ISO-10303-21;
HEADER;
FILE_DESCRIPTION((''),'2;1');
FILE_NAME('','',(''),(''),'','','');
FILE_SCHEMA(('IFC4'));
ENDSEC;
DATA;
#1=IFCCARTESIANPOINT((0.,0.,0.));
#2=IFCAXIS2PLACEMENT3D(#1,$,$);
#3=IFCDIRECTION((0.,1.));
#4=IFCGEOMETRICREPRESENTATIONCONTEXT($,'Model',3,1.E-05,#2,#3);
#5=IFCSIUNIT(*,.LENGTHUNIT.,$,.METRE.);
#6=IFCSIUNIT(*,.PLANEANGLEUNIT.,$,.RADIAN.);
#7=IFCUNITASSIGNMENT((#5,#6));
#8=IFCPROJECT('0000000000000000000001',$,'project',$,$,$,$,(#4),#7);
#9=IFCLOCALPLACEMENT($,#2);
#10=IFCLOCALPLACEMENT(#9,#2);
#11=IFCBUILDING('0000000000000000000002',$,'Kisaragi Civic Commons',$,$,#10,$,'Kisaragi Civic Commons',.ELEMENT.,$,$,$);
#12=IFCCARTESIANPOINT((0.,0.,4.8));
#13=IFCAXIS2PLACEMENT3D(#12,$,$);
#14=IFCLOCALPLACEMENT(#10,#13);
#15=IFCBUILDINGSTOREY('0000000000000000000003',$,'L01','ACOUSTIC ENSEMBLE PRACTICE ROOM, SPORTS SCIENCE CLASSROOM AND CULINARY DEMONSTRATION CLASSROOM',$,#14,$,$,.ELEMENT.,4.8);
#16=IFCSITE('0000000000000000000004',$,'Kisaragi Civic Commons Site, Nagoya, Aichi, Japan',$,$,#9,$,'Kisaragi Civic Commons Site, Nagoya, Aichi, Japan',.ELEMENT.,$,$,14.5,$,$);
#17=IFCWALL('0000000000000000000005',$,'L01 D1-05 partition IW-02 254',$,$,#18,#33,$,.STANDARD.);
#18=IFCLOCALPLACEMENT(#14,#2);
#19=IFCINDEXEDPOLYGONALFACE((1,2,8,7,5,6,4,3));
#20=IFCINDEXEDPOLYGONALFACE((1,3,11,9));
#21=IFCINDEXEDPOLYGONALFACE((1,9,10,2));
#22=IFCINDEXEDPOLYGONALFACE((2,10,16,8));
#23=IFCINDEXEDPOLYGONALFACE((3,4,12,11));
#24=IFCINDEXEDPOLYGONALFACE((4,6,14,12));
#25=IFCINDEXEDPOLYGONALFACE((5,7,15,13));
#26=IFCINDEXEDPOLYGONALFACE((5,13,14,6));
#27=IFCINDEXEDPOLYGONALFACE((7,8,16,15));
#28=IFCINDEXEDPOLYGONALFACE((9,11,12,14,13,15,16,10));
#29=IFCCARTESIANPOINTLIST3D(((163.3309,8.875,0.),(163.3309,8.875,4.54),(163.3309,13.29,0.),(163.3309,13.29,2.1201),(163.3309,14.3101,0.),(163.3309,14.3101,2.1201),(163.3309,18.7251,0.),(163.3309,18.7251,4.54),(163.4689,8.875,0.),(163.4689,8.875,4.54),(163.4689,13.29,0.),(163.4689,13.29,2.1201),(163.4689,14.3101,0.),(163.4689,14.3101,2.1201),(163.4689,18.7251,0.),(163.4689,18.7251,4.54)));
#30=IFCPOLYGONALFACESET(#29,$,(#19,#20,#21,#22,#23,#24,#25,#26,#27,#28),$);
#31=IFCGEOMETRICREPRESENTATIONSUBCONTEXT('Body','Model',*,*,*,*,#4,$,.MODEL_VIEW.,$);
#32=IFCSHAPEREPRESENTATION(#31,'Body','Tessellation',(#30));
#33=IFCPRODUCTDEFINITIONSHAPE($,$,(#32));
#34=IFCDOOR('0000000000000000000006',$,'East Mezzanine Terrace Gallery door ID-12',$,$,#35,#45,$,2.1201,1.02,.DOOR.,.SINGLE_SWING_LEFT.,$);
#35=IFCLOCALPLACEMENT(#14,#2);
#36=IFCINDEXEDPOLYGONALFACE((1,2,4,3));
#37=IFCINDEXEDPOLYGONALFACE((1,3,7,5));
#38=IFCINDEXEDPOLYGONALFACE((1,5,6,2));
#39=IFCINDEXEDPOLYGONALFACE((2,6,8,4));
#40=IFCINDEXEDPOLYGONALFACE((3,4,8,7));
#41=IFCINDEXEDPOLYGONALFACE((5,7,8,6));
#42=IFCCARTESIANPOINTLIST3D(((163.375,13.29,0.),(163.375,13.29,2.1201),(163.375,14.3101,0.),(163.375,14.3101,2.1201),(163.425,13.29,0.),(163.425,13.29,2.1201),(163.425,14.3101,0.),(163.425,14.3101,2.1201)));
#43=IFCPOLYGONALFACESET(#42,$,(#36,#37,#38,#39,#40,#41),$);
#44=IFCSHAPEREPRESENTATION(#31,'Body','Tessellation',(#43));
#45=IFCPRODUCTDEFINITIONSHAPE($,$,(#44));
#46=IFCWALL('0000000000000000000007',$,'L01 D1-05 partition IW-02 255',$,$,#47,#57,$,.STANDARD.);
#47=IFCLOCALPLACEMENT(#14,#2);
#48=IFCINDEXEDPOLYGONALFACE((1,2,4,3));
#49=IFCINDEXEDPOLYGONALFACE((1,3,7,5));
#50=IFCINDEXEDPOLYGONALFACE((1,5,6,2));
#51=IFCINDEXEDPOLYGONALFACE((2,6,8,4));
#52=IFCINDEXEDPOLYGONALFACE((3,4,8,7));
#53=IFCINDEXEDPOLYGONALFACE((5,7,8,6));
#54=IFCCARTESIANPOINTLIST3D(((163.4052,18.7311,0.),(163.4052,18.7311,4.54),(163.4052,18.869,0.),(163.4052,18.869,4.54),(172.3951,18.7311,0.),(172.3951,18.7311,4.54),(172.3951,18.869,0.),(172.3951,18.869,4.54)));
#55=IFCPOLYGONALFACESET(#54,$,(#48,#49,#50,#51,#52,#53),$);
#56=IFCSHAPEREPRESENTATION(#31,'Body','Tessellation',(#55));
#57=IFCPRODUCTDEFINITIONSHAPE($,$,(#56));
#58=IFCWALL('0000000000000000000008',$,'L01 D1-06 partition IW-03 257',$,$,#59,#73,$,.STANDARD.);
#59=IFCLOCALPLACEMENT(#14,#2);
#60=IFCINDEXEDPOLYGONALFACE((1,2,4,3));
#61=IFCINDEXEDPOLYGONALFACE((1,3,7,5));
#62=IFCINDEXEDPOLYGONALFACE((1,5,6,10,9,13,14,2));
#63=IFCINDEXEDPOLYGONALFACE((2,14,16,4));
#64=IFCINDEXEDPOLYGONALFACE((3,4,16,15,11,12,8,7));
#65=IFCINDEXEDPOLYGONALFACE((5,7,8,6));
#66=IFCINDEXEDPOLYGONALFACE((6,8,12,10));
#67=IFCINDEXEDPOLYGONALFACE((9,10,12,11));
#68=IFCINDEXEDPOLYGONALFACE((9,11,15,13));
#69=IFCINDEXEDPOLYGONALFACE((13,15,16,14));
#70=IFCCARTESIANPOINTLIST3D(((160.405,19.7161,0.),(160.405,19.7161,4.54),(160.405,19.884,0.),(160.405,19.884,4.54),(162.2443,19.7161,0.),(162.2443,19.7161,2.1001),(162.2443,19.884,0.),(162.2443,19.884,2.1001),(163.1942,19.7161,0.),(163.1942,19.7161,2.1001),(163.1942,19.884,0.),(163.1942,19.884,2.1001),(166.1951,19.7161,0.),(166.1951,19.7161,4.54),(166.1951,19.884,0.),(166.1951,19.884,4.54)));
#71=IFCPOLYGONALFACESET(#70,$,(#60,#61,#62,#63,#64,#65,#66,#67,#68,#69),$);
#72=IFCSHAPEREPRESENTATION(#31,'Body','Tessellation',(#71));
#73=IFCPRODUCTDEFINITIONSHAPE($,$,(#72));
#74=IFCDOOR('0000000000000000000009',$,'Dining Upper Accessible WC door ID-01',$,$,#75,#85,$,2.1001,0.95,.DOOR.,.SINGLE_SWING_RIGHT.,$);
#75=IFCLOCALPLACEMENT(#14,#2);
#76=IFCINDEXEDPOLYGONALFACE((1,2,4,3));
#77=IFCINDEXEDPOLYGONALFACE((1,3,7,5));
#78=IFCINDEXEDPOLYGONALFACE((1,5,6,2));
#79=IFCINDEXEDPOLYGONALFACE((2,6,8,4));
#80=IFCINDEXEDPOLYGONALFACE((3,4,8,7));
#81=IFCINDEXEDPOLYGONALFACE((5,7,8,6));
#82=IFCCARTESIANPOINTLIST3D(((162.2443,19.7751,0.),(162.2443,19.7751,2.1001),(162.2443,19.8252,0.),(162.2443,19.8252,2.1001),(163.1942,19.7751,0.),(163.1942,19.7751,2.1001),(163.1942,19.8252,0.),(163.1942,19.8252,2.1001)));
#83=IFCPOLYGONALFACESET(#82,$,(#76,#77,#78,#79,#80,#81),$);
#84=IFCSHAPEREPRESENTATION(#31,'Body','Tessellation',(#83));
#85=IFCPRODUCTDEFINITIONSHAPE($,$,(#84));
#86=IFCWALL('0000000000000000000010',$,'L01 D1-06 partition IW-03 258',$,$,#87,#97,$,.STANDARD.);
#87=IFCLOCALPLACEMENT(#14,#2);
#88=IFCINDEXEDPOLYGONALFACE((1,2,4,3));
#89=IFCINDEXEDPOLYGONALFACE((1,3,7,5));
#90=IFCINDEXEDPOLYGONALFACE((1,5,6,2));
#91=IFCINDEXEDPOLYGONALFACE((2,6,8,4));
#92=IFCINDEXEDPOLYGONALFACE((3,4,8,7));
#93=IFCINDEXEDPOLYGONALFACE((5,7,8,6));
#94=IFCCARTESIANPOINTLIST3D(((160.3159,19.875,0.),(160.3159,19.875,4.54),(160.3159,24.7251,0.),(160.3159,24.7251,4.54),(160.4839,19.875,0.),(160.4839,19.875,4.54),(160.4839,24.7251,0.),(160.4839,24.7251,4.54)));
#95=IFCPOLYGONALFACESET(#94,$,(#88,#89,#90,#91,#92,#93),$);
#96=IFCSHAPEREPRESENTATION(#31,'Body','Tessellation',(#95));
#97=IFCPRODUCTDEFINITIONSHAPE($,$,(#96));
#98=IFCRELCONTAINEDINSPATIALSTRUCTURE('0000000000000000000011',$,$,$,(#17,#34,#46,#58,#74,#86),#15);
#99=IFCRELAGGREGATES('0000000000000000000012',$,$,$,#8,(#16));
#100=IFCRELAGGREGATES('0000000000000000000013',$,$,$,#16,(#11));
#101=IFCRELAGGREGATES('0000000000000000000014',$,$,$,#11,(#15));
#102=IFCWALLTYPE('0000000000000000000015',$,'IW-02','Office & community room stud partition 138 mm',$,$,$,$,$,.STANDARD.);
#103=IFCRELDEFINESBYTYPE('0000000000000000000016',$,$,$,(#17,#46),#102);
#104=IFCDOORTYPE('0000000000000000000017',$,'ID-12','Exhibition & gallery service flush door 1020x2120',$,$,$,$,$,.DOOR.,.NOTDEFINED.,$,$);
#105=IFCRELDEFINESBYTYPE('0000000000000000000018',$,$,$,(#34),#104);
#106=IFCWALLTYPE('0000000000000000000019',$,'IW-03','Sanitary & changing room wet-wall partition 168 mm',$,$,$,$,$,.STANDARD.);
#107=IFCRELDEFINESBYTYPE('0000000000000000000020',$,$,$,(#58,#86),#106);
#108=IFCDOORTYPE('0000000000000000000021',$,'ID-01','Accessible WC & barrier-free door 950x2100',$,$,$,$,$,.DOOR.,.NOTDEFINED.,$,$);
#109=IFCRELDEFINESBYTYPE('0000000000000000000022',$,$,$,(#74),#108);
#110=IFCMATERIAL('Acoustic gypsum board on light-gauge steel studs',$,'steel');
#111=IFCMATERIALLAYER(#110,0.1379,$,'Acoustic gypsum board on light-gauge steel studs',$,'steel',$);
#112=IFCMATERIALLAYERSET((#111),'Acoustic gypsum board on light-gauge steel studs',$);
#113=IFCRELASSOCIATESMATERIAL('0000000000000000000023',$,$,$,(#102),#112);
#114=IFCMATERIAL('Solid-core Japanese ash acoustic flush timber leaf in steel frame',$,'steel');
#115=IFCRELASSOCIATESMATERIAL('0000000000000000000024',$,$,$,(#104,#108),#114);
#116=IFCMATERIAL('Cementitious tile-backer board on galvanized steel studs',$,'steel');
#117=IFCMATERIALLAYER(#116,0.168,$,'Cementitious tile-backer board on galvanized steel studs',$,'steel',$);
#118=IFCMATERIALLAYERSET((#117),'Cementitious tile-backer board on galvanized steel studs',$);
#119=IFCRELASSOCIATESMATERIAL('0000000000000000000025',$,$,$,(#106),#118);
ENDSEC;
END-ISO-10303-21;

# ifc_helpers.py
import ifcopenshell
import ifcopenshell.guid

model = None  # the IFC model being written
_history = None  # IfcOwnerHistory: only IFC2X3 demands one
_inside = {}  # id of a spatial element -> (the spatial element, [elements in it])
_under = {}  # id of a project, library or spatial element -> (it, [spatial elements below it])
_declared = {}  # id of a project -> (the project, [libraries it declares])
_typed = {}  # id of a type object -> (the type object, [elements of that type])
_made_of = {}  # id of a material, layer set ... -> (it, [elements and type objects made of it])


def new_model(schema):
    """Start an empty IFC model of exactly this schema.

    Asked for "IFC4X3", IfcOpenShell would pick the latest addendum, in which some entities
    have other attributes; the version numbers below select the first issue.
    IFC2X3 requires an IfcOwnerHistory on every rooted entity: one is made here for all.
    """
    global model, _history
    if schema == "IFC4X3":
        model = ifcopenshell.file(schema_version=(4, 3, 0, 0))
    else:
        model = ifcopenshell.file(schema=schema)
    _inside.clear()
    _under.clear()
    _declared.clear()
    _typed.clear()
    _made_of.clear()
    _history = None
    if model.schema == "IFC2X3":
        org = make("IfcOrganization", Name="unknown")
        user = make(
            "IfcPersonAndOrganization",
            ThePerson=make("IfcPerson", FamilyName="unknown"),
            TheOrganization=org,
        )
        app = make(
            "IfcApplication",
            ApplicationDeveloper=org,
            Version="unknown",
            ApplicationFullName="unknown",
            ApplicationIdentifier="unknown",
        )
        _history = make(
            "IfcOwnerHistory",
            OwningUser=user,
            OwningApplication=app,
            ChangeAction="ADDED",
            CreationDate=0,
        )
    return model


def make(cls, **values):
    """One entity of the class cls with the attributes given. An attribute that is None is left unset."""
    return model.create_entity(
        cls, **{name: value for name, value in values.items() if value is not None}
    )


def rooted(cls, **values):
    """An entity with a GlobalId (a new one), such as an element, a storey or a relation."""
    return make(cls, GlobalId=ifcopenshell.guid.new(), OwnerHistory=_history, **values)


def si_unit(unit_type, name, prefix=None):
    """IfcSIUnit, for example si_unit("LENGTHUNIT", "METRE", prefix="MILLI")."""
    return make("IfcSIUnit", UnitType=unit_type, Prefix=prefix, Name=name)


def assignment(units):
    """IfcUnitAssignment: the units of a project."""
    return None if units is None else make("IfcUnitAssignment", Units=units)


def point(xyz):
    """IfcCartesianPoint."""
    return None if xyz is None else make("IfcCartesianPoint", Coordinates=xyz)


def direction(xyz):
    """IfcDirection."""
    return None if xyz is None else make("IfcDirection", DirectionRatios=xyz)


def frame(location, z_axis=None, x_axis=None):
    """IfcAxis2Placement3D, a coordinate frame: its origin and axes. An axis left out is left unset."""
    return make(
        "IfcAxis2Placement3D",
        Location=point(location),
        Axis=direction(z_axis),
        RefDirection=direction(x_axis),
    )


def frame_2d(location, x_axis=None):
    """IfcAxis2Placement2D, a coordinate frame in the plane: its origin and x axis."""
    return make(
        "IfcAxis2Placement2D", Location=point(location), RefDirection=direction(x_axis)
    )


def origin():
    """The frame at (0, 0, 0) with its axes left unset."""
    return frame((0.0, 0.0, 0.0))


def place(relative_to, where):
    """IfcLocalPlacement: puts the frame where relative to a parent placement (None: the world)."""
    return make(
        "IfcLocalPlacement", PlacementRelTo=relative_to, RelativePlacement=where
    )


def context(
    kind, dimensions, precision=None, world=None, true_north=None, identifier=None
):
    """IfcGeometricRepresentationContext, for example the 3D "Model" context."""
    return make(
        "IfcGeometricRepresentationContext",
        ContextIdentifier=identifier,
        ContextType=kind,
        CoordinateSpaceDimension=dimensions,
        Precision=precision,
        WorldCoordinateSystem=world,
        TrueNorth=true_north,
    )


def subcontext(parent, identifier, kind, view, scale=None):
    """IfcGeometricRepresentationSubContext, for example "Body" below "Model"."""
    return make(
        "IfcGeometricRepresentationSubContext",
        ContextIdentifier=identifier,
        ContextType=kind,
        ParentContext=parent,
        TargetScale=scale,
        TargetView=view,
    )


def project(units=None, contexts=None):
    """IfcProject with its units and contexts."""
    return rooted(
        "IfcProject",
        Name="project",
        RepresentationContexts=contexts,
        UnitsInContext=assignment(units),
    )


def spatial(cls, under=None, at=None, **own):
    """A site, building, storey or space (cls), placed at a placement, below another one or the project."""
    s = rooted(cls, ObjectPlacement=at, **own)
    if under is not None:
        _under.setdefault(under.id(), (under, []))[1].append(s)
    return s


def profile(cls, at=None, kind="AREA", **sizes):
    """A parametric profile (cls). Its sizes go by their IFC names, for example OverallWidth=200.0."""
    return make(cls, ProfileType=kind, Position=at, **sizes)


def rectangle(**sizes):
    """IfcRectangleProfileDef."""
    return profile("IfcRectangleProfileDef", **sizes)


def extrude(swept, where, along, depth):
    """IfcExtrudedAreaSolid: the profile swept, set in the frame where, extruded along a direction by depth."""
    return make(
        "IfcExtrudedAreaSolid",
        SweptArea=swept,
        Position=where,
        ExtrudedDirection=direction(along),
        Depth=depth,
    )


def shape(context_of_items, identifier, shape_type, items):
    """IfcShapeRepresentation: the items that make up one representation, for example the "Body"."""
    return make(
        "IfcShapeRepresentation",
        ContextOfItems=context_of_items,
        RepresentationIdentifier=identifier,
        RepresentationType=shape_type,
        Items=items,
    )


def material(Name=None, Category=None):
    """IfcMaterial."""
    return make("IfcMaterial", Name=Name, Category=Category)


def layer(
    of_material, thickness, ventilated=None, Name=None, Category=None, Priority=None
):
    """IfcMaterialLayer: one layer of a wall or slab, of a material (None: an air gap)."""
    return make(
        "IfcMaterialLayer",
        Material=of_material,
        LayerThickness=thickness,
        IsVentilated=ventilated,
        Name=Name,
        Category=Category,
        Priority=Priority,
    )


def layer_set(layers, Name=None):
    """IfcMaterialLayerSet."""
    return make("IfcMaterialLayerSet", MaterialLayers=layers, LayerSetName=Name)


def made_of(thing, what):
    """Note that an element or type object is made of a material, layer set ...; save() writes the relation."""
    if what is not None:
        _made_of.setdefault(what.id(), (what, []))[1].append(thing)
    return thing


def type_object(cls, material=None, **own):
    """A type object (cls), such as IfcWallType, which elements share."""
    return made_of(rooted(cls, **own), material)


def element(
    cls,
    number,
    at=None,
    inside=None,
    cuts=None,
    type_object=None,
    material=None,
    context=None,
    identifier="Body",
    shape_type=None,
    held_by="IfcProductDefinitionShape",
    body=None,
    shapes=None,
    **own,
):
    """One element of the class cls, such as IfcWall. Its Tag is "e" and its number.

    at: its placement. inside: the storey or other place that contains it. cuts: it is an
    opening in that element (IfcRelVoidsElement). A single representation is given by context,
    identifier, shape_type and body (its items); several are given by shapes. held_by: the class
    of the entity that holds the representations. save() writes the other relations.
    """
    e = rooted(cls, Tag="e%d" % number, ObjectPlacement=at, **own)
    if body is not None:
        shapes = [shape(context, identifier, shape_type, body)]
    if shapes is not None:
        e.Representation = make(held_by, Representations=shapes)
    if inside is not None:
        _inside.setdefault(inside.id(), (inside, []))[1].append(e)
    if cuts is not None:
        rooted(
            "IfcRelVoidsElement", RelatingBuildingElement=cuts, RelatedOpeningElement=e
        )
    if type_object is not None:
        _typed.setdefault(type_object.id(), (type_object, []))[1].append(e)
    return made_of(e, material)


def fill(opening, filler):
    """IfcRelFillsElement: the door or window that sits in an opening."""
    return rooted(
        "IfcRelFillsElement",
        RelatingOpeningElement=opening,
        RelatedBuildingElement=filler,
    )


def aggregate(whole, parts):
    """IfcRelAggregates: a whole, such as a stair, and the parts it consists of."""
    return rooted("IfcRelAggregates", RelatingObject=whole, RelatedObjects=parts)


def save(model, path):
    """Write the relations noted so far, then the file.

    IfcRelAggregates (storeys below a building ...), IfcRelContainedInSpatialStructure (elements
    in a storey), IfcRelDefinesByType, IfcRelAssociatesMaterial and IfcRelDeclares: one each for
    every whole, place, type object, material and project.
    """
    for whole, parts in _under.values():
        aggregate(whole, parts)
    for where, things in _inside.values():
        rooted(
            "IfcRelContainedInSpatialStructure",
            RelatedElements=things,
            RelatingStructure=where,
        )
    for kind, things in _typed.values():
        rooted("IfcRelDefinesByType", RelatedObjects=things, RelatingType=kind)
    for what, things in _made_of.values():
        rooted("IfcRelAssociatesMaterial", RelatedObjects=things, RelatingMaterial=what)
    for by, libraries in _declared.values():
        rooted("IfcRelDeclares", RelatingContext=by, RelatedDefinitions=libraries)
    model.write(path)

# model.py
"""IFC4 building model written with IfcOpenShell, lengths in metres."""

from ifc_helpers import new_model, si_unit, direction, frame, frame_2d, origin, place, context, subcontext, project, spatial, rectangle, extrude, material, layer, layer_set, type_object, element, fill, save


model = new_model("IFC4")

# Units and contexts
model_context = context("Model", 3, precision=1e-05, world=origin(), true_north=direction((0.0, 1.0)))
body_context = subcontext(model_context, "Body", "Model", "MODEL_VIEW")
ifc_project = project(units=[si_unit("LENGTHUNIT", "METRE"), si_unit("PLANEANGLEUNIT", "RADIAN")], contexts=[model_context])

# Site, building, storey
site_placement = place(None, origin())
site = spatial("IfcSite", under=ifc_project, at=site_placement, Name="Kisaragi Civic Commons Site, Nagoya, Aichi, Japan", LongName="Kisaragi Civic Commons Site, Nagoya, Aichi, Japan", CompositionType="ELEMENT", RefElevation=14.5)
building_placement = place(site_placement, origin())
building = spatial("IfcBuilding", under=site, at=building_placement, Name="Kisaragi Civic Commons", LongName="Kisaragi Civic Commons", CompositionType="ELEMENT")
storey_placement = place(building_placement, frame((0.0, 0.0, 4.8)))
storey = spatial("IfcBuildingStorey", under=building, at=storey_placement, Name="L01", Description="ACOUSTIC ENSEMBLE PRACTICE ROOM, SPORTS SCIENCE CLASSROOM AND CULINARY DEMONSTRATION CLASSROOM", CompositionType="ELEMENT", Elevation=4.8)

# Shared definitions
ifc_material_1 = material(Name="Acoustic gypsum board on light-gauge steel studs", Category="steel")
ifc_layer_1 = layer(ifc_material_1, 0.1379, Name="Acoustic gypsum board on light-gauge steel studs", Category="steel")
ifc_layer_set_1 = layer_set([ifc_layer_1], Name="Acoustic gypsum board on light-gauge steel studs")
wall_type_1 = type_object("IfcWallType", Name="IW-02", Description="Office & community room stud partition 138 mm", PredefinedType="STANDARD", material=ifc_layer_set_1)

# Wall, opening, door
wall_1_placement = place(storey_placement, frame((163.3999, 8.875, 0.0), z_axis=(0.0, 0.0, 1.0), x_axis=(0.0, 1.0, 0.0)))
wall_1 = element("IfcWall", 1, at=wall_1_placement, inside=storey, type_object=wall_type_1, Name="L01 D1-05 partition IW-02 254", PredefinedType="STANDARD", context=body_context, shape_type="SweptSolid", body=[
    extrude(rectangle(XDim=9.8501, YDim=0.1379, at=frame_2d((4.925, 0.0))), origin(), (0.0, 0.0, 1.0), 4.54),
])
opening_1_placement = place(wall_1_placement, frame((4.415, 0.0, 0.0)))
opening_1 = element("IfcOpeningElement", 2, at=opening_1_placement, cuts=wall_1, PredefinedType="OPENING", context=body_context, shape_type="SweptSolid", body=[
    extrude(rectangle(XDim=1.02, YDim=2.1201, at=frame_2d((0.51, 1.0601))), frame((0.0, 0.0789, 0.0), z_axis=(0.0, -1.0, 0.0), x_axis=(1.0, 0.0, 0.0)), (0.0, 0.0, 1.0), 0.158),
])
ifc_material_2 = material(Name="Solid-core Japanese ash acoustic flush timber leaf in steel frame", Category="steel")
door_type_1 = type_object("IfcDoorType", Name="ID-12", Description="Exhibition & gallery service flush door 1020x2120", OperationType="NOTDEFINED", PredefinedType="DOOR", material=ifc_material_2)
door_1_placement = place(opening_1_placement, origin())
door_1 = element("IfcDoor", 3, at=door_1_placement, inside=storey, type_object=door_type_1, Name="East Mezzanine Terrace Gallery door ID-12", OperationType="SINGLE_SWING_LEFT", OverallHeight=2.1201, OverallWidth=1.02, PredefinedType="DOOR", context=body_context, shape_type="SweptSolid", body=[
    extrude(rectangle(XDim=1.02, YDim=2.1201, at=frame_2d((0.51, 1.0601))), frame((0.0, 0.0249, 0.0), z_axis=(0.0, -1.0, 0.0), x_axis=(1.0, 0.0, 0.0)), (0.0, 0.0, 1.0), 0.05),
])
fill(opening_1, door_1)

# Wall
wall_2_placement = place(storey_placement, frame((163.405, 18.8, 0.0), z_axis=(0.0, 0.0, 1.0), x_axis=(1.0, 0.0, 0.0)))
element("IfcWall", 4, at=wall_2_placement, inside=storey, type_object=wall_type_1, Name="L01 D1-05 partition IW-02 255", PredefinedType="STANDARD", context=body_context, shape_type="SweptSolid", body=[
    extrude(rectangle(XDim=8.99, YDim=0.1379, at=frame_2d((4.4951, 0.0))), origin(), (0.0, 0.0, 1.0), 4.54),
])

# Wall, opening, door
ifc_material_3 = material(Name="Cementitious tile-backer board on galvanized steel studs", Category="steel")
ifc_layer_2 = layer(ifc_material_3, 0.168, Name="Cementitious tile-backer board on galvanized steel studs", Category="steel")
ifc_layer_set_2 = layer_set([ifc_layer_2], Name="Cementitious tile-backer board on galvanized steel studs")
wall_type_2 = type_object("IfcWallType", Name="IW-03", Description="Sanitary & changing room wet-wall partition 168 mm", PredefinedType="STANDARD", material=ifc_layer_set_2)
wall_3_placement = place(storey_placement, frame((166.1951, 19.8, 0.0), z_axis=(0.0, 0.0, 1.0), x_axis=(-1.0, 0.0, 0.0)))
wall_3 = element("IfcWall", 5, at=wall_3_placement, inside=storey, type_object=wall_type_2, Name="L01 D1-06 partition IW-03 257", PredefinedType="STANDARD", context=body_context, shape_type="SweptSolid", body=[
    extrude(rectangle(XDim=5.79, YDim=0.168, at=frame_2d((2.895, 0.0))), origin(), (0.0, 0.0, 1.0), 4.54),
])
opening_2_placement = place(wall_3_placement, frame((3.0007, 0.0, 0.0)))
opening_2 = element("IfcOpeningElement", 6, at=opening_2_placement, cuts=wall_3, PredefinedType="OPENING", context=body_context, shape_type="SweptSolid", body=[
    extrude(rectangle(XDim=0.95, YDim=2.1001, at=frame_2d((0.4751, 1.05))), frame((0.0, 0.094, 0.0), z_axis=(0.0, -1.0, 0.0), x_axis=(1.0, 0.0, 0.0)), (0.0, 0.0, 1.0), 0.188),
])
door_type_2 = type_object("IfcDoorType", Name="ID-01", Description="Accessible WC & barrier-free door 950x2100", OperationType="NOTDEFINED", PredefinedType="DOOR", material=ifc_material_2)
door_2_placement = place(opening_2_placement, origin())
door_2 = element("IfcDoor", 7, at=door_2_placement, inside=storey, type_object=door_type_2, Name="Dining Upper Accessible WC door ID-01", OperationType="SINGLE_SWING_RIGHT", OverallHeight=2.1001, OverallWidth=0.95, PredefinedType="DOOR", context=body_context, shape_type="SweptSolid", body=[
    extrude(rectangle(XDim=0.95, YDim=2.1001, at=frame_2d((0.4751, 1.05))), frame((0.0, 0.0249, 0.0), z_axis=(0.0, -1.0, 0.0), x_axis=(1.0, 0.0, 0.0)), (0.0, 0.0, 1.0), 0.05),
])
fill(opening_2, door_2)

# Wall
wall_4_placement = place(storey_placement, frame((160.3999, 19.875, 0.0), z_axis=(0.0, 0.0, 1.0), x_axis=(0.0, 1.0, 0.0)))
element("IfcWall", 8, at=wall_4_placement, inside=storey, type_object=wall_type_2, Name="L01 D1-06 partition IW-03 258", PredefinedType="STANDARD", context=body_context, shape_type="SweptSolid", body=[
    extrude(rectangle(XDim=4.8501, YDim=0.168, at=frame_2d((2.425, 0.0))), origin(), (0.0, 0.0, 1.0), 4.54),
])

save(model, "model.ifc")
